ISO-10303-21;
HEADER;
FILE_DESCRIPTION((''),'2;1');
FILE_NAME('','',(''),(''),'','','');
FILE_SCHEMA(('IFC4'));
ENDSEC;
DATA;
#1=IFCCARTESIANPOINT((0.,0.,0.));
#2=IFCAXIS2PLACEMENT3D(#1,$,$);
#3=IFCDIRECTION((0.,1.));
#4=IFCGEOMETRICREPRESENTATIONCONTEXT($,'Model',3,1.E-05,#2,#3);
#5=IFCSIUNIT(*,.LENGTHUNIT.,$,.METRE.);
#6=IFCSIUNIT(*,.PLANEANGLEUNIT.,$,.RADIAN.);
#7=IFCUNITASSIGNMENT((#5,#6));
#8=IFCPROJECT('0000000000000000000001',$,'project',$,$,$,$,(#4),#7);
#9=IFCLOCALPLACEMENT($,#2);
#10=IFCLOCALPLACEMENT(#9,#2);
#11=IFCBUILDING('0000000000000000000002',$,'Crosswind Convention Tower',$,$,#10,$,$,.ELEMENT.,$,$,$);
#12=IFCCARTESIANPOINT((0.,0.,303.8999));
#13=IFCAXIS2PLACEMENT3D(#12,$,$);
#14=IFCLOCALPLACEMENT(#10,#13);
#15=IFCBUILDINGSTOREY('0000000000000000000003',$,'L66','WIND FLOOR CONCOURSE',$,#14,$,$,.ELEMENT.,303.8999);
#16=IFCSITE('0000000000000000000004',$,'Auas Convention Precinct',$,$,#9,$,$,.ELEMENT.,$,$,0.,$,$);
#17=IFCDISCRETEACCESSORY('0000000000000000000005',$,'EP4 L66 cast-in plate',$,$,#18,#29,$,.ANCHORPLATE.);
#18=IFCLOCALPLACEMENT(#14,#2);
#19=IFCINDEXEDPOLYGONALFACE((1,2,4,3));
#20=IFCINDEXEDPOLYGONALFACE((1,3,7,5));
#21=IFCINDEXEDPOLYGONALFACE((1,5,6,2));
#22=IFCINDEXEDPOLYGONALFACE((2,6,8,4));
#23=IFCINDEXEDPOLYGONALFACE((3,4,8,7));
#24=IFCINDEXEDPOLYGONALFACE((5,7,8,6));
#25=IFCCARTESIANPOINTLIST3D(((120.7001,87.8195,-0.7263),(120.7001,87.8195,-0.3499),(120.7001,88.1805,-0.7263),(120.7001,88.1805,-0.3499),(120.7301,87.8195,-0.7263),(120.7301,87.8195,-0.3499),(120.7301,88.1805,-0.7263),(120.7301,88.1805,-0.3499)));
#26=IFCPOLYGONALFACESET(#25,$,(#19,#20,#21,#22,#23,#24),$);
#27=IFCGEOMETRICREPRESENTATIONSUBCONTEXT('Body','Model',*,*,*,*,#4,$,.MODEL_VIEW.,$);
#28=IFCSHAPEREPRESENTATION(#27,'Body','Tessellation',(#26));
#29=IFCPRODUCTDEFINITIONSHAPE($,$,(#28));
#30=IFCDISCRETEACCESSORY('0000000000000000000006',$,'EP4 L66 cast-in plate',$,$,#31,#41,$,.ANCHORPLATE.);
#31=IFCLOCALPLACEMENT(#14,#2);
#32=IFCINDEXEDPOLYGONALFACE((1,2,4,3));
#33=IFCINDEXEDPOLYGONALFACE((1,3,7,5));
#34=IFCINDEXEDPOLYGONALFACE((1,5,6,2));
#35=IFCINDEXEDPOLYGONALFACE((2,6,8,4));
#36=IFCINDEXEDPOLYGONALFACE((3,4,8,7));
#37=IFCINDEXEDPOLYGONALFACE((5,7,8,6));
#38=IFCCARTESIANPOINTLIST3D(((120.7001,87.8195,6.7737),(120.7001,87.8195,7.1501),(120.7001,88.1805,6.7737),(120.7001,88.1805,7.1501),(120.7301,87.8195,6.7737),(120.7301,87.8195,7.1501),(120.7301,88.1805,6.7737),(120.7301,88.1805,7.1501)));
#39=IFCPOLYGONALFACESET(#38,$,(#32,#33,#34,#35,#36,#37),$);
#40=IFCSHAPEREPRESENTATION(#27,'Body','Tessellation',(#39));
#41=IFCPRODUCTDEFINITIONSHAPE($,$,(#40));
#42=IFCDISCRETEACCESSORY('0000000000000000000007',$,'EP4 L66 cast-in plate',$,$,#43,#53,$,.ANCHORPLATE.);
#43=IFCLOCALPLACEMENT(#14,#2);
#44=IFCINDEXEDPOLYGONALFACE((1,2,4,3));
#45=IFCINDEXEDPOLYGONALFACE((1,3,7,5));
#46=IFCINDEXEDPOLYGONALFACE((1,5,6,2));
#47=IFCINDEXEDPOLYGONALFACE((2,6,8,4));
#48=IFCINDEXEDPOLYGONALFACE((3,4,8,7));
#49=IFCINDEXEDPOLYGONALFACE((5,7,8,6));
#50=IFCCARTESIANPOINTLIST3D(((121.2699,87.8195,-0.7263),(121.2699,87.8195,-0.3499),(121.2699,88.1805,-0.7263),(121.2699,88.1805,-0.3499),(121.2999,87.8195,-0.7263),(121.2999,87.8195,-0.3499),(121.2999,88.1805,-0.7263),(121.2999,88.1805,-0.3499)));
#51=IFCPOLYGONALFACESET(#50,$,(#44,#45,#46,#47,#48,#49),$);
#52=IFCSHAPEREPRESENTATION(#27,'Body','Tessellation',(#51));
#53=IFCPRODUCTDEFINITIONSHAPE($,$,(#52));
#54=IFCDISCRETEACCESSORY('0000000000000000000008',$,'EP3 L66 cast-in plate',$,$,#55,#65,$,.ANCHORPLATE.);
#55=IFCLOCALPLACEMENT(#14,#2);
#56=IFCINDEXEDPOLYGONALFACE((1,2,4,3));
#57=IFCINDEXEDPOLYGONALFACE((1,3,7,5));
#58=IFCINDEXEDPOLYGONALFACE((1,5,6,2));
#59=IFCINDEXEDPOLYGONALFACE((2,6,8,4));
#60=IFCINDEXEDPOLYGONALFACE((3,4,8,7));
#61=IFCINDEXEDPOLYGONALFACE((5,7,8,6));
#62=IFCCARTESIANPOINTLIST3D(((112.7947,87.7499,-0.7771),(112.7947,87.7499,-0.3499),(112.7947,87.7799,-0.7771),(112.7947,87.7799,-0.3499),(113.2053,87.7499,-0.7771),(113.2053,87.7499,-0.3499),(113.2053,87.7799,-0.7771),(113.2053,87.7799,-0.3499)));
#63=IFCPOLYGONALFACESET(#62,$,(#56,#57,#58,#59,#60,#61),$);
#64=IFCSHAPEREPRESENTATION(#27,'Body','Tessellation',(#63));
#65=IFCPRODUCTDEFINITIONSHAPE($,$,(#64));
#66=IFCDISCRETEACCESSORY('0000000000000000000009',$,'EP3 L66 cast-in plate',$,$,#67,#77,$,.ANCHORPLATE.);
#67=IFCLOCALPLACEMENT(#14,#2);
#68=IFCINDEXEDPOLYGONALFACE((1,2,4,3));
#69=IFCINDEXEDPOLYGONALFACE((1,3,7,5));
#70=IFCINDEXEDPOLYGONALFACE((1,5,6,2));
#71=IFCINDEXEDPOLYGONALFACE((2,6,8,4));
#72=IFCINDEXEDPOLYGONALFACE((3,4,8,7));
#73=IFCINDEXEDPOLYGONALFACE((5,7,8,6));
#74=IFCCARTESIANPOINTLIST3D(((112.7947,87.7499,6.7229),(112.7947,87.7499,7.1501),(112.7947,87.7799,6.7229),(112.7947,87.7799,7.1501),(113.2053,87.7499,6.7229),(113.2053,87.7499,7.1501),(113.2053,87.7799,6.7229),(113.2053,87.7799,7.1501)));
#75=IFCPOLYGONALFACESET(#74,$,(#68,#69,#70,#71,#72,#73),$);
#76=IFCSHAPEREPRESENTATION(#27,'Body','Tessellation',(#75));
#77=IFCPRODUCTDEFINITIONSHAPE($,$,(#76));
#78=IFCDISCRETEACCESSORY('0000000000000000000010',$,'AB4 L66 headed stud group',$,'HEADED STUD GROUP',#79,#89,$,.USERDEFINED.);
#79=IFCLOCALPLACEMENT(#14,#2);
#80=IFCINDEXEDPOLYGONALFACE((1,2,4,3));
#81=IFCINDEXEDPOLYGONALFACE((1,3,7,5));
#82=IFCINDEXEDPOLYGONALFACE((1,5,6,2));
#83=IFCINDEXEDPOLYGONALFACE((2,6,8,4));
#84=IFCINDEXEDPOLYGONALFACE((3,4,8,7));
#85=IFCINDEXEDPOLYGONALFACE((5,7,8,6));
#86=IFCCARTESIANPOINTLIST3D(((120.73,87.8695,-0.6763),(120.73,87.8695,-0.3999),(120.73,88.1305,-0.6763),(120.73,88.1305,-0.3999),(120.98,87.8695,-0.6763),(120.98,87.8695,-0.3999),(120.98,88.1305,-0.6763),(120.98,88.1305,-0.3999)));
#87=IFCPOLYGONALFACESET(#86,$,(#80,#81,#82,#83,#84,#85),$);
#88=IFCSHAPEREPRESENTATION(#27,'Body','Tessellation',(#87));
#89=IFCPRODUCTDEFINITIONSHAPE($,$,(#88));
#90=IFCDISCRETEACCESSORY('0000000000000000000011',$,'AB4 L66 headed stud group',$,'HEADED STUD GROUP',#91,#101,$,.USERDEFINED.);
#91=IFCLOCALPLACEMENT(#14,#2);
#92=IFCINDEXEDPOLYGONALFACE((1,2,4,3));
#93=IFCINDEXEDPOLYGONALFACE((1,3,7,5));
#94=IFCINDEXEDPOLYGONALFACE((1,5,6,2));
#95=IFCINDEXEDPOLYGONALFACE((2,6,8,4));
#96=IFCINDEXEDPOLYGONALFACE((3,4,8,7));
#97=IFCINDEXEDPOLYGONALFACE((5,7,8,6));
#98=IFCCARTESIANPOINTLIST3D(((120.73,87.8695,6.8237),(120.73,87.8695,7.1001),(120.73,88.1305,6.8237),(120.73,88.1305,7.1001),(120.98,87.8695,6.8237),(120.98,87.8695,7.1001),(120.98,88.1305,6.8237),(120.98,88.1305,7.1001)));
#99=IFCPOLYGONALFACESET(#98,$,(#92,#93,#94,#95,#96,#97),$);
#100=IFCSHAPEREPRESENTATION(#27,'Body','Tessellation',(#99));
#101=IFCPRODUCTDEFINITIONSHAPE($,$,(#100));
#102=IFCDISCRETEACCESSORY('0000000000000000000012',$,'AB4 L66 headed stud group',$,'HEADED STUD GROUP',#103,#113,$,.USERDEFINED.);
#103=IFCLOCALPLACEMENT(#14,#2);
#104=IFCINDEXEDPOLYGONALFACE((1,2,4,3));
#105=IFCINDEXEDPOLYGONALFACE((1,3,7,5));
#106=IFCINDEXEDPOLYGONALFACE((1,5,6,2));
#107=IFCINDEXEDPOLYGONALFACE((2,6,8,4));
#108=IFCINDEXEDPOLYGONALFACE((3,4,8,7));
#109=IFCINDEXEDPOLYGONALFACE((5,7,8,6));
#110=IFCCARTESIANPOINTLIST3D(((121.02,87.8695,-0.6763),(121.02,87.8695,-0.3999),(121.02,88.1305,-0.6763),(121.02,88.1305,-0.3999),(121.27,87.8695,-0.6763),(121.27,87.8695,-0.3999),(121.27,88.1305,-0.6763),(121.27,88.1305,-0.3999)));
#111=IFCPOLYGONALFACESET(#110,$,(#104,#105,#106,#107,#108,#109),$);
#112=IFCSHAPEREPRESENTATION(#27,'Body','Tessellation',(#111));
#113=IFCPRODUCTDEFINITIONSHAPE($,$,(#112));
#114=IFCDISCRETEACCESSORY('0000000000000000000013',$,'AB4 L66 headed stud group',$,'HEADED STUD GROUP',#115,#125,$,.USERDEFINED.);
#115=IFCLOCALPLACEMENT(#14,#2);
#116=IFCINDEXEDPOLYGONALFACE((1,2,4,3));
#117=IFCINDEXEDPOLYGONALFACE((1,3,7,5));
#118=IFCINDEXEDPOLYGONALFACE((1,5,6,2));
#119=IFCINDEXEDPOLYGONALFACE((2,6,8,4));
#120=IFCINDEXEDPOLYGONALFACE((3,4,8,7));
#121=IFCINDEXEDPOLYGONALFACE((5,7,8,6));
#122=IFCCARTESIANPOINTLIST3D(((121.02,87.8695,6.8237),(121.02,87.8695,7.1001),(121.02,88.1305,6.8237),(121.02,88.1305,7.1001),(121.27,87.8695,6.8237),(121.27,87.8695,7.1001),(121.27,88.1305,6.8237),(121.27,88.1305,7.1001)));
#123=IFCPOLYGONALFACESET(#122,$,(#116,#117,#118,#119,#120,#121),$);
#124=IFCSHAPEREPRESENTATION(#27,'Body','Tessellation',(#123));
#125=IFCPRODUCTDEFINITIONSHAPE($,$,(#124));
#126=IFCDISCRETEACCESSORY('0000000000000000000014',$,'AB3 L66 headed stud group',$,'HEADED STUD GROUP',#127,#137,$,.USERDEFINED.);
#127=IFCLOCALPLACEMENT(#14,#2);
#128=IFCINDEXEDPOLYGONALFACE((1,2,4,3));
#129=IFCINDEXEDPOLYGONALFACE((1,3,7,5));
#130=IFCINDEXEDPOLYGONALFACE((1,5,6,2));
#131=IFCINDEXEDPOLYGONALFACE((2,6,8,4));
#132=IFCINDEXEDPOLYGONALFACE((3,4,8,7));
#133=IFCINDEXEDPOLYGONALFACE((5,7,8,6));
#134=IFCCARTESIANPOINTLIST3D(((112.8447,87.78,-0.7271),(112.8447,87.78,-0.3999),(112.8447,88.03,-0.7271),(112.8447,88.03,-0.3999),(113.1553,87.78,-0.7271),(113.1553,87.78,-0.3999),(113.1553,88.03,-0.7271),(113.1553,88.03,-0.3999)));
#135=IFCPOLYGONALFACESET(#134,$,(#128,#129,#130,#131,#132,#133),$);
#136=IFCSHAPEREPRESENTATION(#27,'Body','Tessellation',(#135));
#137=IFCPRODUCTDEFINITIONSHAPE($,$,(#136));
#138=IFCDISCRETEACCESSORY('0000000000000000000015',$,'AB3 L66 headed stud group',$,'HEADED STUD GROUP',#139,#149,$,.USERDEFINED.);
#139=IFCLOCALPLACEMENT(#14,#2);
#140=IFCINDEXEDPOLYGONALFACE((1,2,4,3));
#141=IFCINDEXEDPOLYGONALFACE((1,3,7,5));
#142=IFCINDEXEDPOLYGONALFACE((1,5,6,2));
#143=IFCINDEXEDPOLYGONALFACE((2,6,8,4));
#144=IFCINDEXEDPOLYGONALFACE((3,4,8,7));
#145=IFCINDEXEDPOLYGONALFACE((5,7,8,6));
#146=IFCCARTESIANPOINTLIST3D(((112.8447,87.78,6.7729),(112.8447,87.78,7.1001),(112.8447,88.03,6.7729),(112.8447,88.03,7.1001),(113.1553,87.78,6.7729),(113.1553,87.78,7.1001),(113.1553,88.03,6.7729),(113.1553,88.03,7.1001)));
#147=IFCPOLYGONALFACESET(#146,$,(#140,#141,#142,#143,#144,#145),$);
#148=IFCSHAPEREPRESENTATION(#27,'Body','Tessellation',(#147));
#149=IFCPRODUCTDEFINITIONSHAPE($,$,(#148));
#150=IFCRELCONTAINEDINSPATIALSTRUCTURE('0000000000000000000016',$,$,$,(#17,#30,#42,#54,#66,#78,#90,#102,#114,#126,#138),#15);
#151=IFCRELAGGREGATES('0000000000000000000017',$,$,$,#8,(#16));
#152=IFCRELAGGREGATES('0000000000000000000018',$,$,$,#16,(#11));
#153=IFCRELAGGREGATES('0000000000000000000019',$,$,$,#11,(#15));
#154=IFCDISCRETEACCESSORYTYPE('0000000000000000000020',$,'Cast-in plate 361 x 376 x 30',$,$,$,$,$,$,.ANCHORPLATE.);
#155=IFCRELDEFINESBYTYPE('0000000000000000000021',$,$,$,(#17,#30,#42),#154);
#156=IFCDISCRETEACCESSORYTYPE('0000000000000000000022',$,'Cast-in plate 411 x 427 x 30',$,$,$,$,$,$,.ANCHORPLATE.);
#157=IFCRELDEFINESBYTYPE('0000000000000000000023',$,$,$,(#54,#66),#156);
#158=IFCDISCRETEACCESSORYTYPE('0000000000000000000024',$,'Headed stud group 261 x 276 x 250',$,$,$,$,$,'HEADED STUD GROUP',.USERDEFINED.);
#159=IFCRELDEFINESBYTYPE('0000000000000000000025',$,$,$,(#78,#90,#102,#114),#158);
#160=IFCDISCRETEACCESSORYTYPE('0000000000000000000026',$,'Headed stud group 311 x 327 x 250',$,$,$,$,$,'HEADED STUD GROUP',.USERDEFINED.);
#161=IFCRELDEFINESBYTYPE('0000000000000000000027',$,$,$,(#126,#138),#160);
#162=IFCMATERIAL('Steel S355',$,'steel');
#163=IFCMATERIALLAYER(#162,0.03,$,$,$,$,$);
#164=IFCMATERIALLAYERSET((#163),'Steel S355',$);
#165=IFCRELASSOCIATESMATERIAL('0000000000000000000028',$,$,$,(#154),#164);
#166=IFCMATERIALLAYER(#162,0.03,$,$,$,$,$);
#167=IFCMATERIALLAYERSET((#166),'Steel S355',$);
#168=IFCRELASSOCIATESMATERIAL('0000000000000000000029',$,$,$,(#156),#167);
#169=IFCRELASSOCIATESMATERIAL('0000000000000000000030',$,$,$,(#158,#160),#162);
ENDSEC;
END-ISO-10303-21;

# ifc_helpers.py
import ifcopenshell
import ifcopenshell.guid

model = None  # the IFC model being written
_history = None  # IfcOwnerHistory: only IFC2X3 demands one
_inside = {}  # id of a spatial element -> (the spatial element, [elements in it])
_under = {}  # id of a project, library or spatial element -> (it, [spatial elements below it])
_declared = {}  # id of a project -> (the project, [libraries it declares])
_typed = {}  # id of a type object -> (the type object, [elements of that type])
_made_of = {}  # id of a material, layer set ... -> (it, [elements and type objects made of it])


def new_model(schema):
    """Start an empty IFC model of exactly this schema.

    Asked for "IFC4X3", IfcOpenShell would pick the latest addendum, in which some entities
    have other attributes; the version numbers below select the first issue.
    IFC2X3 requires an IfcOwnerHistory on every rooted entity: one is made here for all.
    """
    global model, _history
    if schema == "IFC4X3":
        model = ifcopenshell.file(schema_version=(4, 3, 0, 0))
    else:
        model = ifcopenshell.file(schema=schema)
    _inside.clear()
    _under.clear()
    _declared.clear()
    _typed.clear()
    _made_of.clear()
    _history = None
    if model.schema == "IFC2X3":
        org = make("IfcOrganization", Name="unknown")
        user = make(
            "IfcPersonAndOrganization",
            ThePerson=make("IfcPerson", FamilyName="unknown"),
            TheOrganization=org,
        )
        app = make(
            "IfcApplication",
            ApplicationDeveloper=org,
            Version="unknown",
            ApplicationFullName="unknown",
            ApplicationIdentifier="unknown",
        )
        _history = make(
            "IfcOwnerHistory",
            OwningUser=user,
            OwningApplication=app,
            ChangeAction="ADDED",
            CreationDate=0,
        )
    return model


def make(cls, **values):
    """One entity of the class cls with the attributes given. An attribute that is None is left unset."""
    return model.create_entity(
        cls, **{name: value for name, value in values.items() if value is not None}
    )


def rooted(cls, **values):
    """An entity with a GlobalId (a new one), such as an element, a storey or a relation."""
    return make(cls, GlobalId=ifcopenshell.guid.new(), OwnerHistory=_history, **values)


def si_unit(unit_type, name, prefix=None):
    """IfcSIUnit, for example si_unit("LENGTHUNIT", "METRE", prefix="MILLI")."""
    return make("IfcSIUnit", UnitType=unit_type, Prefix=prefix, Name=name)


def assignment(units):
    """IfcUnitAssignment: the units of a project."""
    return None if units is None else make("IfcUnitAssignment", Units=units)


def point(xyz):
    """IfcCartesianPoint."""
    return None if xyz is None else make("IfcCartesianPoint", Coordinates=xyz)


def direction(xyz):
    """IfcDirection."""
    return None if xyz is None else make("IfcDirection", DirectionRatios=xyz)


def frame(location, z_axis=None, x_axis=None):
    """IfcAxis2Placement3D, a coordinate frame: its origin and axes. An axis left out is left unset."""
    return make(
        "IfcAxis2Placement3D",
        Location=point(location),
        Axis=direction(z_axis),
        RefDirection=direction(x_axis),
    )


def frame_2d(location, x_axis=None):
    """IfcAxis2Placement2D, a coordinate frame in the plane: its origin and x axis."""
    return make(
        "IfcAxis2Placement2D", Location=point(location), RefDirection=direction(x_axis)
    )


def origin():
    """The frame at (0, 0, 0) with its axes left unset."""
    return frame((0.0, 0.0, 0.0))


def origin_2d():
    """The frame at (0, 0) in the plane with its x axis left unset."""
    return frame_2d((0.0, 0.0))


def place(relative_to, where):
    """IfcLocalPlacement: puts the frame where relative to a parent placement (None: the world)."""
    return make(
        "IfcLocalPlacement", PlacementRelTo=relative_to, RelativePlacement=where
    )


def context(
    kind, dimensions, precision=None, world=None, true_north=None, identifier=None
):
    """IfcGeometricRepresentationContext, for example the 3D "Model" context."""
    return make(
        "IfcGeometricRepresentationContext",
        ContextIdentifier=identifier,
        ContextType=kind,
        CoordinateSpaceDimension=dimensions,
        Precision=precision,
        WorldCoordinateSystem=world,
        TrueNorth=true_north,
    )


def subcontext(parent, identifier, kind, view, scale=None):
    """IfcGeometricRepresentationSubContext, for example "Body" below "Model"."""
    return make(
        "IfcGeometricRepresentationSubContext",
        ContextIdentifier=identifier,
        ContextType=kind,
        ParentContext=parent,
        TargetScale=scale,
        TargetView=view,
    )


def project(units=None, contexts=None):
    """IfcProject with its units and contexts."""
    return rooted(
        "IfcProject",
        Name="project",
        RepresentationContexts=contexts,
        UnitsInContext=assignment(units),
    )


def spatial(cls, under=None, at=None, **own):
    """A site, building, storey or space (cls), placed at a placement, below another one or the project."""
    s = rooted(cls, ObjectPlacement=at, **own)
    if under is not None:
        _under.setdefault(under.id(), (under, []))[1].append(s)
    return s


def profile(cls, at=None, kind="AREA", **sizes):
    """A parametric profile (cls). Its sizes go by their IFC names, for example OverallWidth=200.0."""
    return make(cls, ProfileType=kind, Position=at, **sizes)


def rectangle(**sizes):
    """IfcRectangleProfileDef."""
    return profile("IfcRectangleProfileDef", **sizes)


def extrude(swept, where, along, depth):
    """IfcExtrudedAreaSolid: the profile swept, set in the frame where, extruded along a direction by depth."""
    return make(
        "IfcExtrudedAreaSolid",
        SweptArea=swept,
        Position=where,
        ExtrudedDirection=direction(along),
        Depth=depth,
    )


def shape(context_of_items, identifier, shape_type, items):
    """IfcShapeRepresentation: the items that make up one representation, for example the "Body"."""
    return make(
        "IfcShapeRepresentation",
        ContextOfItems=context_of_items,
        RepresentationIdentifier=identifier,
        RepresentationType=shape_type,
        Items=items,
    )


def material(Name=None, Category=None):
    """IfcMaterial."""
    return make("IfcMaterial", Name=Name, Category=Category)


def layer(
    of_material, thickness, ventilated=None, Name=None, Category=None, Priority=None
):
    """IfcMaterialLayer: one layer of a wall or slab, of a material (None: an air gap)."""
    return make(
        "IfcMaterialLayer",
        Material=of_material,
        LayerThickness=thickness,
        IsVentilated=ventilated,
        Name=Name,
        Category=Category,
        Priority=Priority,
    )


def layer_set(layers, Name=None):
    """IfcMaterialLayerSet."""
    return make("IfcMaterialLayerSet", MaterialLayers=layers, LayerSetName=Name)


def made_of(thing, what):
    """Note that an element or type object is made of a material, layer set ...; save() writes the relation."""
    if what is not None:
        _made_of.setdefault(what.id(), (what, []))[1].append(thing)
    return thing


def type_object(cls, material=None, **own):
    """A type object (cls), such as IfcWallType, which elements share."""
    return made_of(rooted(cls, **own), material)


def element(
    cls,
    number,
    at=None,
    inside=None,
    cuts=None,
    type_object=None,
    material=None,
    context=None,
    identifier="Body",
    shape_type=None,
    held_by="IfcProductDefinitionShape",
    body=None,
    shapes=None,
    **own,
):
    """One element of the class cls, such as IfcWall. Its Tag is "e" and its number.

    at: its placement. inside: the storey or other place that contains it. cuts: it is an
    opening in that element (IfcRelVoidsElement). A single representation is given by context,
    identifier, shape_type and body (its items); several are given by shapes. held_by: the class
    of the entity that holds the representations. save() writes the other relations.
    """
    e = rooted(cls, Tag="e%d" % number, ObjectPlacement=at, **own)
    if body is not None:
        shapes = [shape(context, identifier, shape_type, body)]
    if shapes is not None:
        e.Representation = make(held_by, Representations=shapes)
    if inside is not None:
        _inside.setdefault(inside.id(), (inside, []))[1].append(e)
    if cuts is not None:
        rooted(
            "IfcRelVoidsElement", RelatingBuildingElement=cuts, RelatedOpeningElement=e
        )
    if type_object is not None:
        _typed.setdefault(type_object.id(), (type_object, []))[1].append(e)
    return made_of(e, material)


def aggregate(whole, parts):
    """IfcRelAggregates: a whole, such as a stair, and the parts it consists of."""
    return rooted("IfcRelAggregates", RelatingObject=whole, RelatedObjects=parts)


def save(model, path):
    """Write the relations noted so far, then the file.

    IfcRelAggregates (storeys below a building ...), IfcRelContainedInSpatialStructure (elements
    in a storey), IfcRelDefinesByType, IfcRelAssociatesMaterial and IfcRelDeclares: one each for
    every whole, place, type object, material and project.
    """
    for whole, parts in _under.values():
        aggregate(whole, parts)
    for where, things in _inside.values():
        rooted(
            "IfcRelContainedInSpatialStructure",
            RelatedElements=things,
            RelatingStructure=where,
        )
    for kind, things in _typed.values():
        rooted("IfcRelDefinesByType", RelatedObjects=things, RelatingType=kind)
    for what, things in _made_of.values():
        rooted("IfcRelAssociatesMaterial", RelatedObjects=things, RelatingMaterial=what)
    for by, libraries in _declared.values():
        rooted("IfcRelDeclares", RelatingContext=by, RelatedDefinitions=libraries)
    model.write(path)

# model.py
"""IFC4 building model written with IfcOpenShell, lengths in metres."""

from ifc_helpers import new_model, si_unit, direction, frame, origin, origin_2d, place, context, subcontext, project, spatial, rectangle, extrude, material, layer, layer_set, type_object, element, save


model = new_model("IFC4")

# Units and contexts
model_context = context("Model", 3, precision=1e-05, world=origin(), true_north=direction((0.0, 1.0)))
body_context = subcontext(model_context, "Body", "Model", "MODEL_VIEW")
ifc_project = project(units=[si_unit("LENGTHUNIT", "METRE"), si_unit("PLANEANGLEUNIT", "RADIAN")], contexts=[model_context])

# Site, building, storey
site_placement = place(None, origin())
site = spatial("IfcSite", under=ifc_project, at=site_placement, Name="Auas Convention Precinct", CompositionType="ELEMENT", RefElevation=0.0)
building_placement = place(site_placement, origin())
building = spatial("IfcBuilding", under=site, at=building_placement, Name="Crosswind Convention Tower", CompositionType="ELEMENT")
storey_placement = place(building_placement, frame((0.0, 0.0, 303.8999)))
storey = spatial("IfcBuildingStorey", under=building, at=storey_placement, Name="L66", Description="WIND FLOOR CONCOURSE", CompositionType="ELEMENT", Elevation=303.8999)

# Shared definitions
ifc_material_1 = material(Name="Steel S355", Category="steel")

# Discrete accessories
ifc_layer_1 = layer(ifc_material_1, 0.03)
ifc_layer_set_1 = layer_set([ifc_layer_1], Name="Steel S355")
discrete_accessory_type_1 = type_object("IfcDiscreteAccessoryType", Name="Cast-in plate 361 x 376 x 30", PredefinedType="ANCHORPLATE", material=ifc_layer_set_1)
for number, where, z_axis, x_axis, name in (
    (1, (120.7151, 88.0, -0.7263), (0.0, 0.0, 1.0), (1.0, 0.0, 0.0), "EP4 L66 cast-in plate"),
    (2, (120.7151, 88.0, 6.7737), (0.0, 0.0, 1.0), (1.0, 0.0, 0.0), "EP4 L66 cast-in plate"),
    (3, (121.2849, 88.0, -0.7263), (0.0, 0.0, 1.0), (1.0, 0.0, 0.0), "EP4 L66 cast-in plate"),
):
    element("IfcDiscreteAccessory", number, at=place(storey_placement, frame(where, z_axis=z_axis, x_axis=x_axis)), inside=storey, type_object=discrete_accessory_type_1, Name=name, PredefinedType="ANCHORPLATE", context=body_context, shape_type="SweptSolid", body=[
        extrude(rectangle(XDim=0.03, YDim=0.3611, at=origin_2d()), origin(), (0.0, 0.0, 1.0), 0.3765),
    ])
ifc_layer_2 = layer(ifc_material_1, 0.03)
ifc_layer_set_2 = layer_set([ifc_layer_2], Name="Steel S355")
discrete_accessory_type_2 = type_object("IfcDiscreteAccessoryType", Name="Cast-in plate 411 x 427 x 30", PredefinedType="ANCHORPLATE", material=ifc_layer_set_2)
for number, where, z_axis, x_axis, name in (
    (4, (113.0, 87.7649, -0.7771), (0.0, 0.0, 1.0), (1.0, 0.0, 0.0), "EP3 L66 cast-in plate"),
    (5, (113.0, 87.7649, 6.7229), (0.0, 0.0, 1.0), (1.0, 0.0, 0.0), "EP3 L66 cast-in plate"),
):
    element("IfcDiscreteAccessory", number, at=place(storey_placement, frame(where, z_axis=z_axis, x_axis=x_axis)), inside=storey, type_object=discrete_accessory_type_2, Name=name, PredefinedType="ANCHORPLATE", context=body_context, shape_type="SweptSolid", body=[
        extrude(rectangle(XDim=0.4106, YDim=0.03, at=origin_2d()), origin(), (0.0, 0.0, 1.0), 0.4272),
    ])
discrete_accessory_type_3 = type_object("IfcDiscreteAccessoryType", Name="Headed stud group 261 x 276 x 250", ElementType="HEADED STUD GROUP", PredefinedType="USERDEFINED", material=ifc_material_1)
for number, where, z_axis, x_axis, name in (
    (6, (120.855, 88.0, -0.6763), (0.0, 0.0, 1.0), (1.0, 0.0, 0.0), "AB4 L66 headed stud group"),
    (7, (120.855, 88.0, 6.8237), (0.0, 0.0, 1.0), (1.0, 0.0, 0.0), "AB4 L66 headed stud group"),
    (8, (121.145, 88.0, -0.6763), (0.0, 0.0, 1.0), (1.0, 0.0, 0.0), "AB4 L66 headed stud group"),
    (9, (121.145, 88.0, 6.8237), (0.0, 0.0, 1.0), (1.0, 0.0, 0.0), "AB4 L66 headed stud group"),
):
    element("IfcDiscreteAccessory", number, at=place(storey_placement, frame(where, z_axis=z_axis, x_axis=x_axis)), inside=storey, type_object=discrete_accessory_type_3, Name=name, ObjectType="HEADED STUD GROUP", PredefinedType="USERDEFINED", context=body_context, shape_type="SweptSolid", body=[
        extrude(rectangle(XDim=0.25, YDim=0.261, at=origin_2d()), origin(), (0.0, 0.0, 1.0), 0.2764),
    ])
discrete_accessory_type_4 = type_object("IfcDiscreteAccessoryType", Name="Headed stud group 311 x 327 x 250", ElementType="HEADED STUD GROUP", PredefinedType="USERDEFINED", material=ifc_material_1)
for number, where, z_axis, x_axis, name in (
    (10, (113.0, 87.905, -0.7271), (0.0, 0.0, 1.0), (1.0, 0.0, 0.0), "AB3 L66 headed stud group"),
    (11, (113.0, 87.905, 6.7729), (0.0, 0.0, 1.0), (1.0, 0.0, 0.0), "AB3 L66 headed stud group"),
):
    element("IfcDiscreteAccessory", number, at=place(storey_placement, frame(where, z_axis=z_axis, x_axis=x_axis)), inside=storey, type_object=discrete_accessory_type_4, Name=name, ObjectType="HEADED STUD GROUP", PredefinedType="USERDEFINED", context=body_context, shape_type="SweptSolid", body=[
        extrude(rectangle(XDim=0.3105, YDim=0.25, at=origin_2d()), origin(), (0.0, 0.0, 1.0), 0.3271),
    ])

save(model, "model.ifc")
